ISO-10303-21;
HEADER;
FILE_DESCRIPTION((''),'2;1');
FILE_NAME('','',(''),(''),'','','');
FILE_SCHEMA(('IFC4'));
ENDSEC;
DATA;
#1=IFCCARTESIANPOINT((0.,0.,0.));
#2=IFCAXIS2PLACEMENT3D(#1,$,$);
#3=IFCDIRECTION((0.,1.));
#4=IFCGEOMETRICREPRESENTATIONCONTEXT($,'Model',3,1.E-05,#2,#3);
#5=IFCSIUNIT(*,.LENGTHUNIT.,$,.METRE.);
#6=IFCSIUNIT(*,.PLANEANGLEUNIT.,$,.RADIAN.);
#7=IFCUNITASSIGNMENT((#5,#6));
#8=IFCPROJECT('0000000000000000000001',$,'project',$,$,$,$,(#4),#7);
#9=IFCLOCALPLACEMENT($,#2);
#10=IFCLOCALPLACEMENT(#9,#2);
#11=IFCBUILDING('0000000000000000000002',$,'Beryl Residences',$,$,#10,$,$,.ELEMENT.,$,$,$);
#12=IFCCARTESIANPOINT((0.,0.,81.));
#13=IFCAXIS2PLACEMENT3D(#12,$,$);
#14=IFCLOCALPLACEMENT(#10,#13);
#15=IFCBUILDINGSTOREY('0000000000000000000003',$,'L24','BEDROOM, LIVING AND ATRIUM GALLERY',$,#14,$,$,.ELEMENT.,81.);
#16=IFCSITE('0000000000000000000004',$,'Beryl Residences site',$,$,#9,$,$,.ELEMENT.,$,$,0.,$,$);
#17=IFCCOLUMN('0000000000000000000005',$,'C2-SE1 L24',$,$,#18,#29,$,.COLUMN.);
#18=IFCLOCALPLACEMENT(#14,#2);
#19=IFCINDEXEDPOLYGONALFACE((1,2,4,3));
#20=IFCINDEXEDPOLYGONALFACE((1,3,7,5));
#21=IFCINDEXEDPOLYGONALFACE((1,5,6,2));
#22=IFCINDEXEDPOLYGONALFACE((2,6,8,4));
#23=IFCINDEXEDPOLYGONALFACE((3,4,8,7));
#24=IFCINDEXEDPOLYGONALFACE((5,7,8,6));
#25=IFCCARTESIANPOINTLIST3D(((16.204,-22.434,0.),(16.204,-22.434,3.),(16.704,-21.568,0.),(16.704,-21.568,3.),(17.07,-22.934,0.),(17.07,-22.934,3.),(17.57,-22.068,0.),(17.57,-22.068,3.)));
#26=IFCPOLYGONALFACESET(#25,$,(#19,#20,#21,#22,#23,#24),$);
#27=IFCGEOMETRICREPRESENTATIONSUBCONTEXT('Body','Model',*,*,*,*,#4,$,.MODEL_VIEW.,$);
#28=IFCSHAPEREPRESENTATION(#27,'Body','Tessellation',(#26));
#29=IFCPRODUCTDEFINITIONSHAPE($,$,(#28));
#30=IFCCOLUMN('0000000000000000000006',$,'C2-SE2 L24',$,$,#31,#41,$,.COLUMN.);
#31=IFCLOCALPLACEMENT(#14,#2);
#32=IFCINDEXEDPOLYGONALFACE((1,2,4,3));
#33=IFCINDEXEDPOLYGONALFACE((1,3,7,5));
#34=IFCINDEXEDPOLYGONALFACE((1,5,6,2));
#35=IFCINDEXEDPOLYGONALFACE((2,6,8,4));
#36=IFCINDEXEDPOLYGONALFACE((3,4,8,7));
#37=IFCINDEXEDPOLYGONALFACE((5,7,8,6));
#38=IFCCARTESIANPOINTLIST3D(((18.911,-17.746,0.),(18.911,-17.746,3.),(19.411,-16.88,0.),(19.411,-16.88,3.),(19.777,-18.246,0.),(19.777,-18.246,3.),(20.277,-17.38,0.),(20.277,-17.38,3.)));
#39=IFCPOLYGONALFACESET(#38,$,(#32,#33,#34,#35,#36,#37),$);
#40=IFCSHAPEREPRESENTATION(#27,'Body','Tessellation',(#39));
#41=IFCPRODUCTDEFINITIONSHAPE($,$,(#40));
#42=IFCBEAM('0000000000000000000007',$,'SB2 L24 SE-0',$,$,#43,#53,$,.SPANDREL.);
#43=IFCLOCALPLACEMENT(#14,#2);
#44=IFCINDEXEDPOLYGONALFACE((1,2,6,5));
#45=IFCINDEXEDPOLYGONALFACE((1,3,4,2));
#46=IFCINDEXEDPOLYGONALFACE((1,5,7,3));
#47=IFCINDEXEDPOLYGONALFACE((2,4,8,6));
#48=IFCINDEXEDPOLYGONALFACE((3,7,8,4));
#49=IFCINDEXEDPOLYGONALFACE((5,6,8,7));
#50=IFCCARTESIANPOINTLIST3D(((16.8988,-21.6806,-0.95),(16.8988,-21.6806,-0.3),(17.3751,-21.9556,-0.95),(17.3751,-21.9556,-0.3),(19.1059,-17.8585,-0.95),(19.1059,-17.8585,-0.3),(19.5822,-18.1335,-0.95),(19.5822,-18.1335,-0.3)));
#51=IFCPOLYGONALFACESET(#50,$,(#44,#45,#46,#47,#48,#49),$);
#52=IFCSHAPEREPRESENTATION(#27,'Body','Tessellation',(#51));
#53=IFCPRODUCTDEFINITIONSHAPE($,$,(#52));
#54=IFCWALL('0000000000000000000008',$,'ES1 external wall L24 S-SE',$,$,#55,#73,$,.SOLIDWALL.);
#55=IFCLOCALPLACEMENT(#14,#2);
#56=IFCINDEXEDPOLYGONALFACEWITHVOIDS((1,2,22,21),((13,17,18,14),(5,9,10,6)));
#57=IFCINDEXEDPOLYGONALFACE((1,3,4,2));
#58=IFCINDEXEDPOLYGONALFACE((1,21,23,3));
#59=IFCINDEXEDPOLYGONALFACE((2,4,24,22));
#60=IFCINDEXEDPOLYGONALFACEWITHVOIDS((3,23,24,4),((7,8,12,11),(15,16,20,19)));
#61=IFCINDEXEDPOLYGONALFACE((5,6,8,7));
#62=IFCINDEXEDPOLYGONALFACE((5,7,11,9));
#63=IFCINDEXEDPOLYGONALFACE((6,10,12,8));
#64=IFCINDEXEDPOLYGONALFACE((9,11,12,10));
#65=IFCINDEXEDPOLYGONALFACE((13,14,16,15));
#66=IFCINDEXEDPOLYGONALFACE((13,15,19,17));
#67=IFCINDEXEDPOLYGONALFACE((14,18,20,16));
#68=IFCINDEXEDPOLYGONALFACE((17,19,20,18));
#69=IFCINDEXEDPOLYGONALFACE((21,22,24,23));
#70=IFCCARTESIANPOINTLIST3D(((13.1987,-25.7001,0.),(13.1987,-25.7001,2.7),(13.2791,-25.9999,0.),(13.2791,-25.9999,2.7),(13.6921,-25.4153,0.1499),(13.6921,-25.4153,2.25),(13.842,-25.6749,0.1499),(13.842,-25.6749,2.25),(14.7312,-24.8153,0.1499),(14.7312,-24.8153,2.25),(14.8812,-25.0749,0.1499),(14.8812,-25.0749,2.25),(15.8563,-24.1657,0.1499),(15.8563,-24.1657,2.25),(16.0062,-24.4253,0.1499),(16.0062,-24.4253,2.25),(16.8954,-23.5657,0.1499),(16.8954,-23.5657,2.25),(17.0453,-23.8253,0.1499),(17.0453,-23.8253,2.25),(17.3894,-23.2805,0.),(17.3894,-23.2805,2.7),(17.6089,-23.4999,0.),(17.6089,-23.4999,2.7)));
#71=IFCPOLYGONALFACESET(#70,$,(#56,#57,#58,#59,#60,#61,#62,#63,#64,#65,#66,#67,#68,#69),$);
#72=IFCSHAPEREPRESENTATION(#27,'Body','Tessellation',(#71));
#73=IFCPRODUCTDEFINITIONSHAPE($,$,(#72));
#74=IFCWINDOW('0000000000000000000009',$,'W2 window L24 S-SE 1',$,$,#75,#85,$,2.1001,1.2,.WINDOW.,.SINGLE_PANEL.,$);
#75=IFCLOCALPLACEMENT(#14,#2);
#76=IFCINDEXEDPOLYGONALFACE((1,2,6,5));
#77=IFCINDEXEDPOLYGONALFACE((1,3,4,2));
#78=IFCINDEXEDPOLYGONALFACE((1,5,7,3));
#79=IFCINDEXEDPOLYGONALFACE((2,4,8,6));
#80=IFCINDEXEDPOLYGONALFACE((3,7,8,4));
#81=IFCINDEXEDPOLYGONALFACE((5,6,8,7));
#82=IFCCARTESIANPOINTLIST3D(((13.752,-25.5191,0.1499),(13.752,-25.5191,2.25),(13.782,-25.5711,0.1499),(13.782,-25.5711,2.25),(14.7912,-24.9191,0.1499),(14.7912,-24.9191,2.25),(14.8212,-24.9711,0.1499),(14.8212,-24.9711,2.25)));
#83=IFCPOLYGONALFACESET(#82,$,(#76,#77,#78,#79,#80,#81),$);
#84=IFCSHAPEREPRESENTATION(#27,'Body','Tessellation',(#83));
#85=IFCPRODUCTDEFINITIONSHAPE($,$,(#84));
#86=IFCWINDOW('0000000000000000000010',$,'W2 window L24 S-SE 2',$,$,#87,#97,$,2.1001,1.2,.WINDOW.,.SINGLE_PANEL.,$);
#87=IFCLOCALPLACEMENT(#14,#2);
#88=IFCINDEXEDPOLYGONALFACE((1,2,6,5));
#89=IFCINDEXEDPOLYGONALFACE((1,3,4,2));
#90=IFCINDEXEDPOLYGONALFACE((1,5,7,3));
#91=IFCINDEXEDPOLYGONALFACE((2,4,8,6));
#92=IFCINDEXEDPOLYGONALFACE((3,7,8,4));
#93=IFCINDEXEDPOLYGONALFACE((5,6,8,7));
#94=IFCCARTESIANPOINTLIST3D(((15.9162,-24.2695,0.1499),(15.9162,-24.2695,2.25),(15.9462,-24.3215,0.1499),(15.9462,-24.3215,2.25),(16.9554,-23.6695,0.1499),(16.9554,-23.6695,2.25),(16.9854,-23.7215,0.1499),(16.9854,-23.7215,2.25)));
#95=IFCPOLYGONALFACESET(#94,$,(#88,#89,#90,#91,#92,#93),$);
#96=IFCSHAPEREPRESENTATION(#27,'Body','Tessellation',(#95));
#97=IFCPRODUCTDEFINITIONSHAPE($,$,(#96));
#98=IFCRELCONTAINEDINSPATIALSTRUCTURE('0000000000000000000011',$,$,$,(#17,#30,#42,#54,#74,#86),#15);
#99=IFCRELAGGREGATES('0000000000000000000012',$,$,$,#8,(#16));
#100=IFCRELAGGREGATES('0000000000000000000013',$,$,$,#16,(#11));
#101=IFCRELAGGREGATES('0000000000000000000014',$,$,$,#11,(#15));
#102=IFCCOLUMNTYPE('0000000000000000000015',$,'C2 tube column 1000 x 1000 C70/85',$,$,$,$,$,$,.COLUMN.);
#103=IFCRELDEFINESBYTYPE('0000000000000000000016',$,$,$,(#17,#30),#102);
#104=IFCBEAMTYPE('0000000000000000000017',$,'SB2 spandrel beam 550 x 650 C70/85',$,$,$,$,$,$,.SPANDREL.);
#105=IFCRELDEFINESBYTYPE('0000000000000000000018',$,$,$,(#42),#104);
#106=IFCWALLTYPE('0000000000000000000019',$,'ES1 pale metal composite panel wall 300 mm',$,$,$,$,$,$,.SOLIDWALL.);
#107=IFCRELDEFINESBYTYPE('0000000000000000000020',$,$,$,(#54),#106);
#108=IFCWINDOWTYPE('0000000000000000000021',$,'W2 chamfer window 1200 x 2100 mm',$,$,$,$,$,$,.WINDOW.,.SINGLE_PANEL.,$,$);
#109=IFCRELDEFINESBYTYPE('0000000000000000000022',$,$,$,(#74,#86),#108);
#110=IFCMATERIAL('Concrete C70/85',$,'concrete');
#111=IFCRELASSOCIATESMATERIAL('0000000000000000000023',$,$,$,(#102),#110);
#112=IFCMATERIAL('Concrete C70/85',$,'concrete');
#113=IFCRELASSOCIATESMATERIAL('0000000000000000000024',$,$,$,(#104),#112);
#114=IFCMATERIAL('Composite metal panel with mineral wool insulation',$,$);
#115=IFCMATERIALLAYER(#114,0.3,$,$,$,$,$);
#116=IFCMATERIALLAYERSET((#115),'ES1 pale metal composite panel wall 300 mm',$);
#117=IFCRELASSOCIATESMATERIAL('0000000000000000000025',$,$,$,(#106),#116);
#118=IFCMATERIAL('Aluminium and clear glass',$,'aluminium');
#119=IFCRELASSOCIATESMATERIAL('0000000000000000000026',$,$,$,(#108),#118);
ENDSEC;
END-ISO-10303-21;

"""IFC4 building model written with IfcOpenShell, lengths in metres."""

from ifc_helpers import new_model, si_unit, direction, frame, frame_2d, origin, origin_2d, place, context, subcontext, project, spatial, polyline, rectangle, outline, extrude, material, layer, layer_set, material_profile, profile_set, type_object, element, fill, save


model = new_model("IFC4")

# Units and contexts
model_context = context("Model", 3, precision=1e-05, world=origin(), true_north=direction((0.0, 1.0)))
body_context = subcontext(model_context, "Body", "Model", "MODEL_VIEW")
ifc_project = project(units=[si_unit("LENGTHUNIT", "METRE"), si_unit("PLANEANGLEUNIT", "RADIAN")], contexts=[model_context])

# Site, building, storey
site_placement = place(None, origin())
site = spatial("IfcSite", under=ifc_project, at=site_placement, Name="Beryl Residences site", CompositionType="ELEMENT", RefElevation=0.0)
building_placement = place(site_placement, origin())
building = spatial("IfcBuilding", under=site, at=building_placement, Name="Beryl Residences", CompositionType="ELEMENT")
storey_placement = place(building_placement, frame((0.0, 0.0, 81.0)))
storey = spatial("IfcBuildingStorey", under=building, at=storey_placement, Name="L24", Description="BEDROOM, LIVING AND ATRIUM GALLERY", CompositionType="ELEMENT", Elevation=81.0)

# Columns
ifc_material_1 = material(Name="Concrete C70/85", Category="concrete")
ifc_material_profile_1 = material_profile(ifc_material_1, rectangle(XDim=1.0, YDim=1.0, at=origin_2d()))
ifc_profile_set_1 = profile_set([ifc_material_profile_1], Name="Concrete C70/85")
column_type = type_object("IfcColumnType", Name="C2 tube column 1000 x 1000 C70/85", PredefinedType="COLUMN", material=ifc_profile_set_1)
for number, where, z_axis, x_axis, name in (
    (1, (16.887, -22.251, 0.0), (0.0, 0.0, 1.0), (0.5, 0.866025, 0.0), "C2-SE1 L24"),
    (2, (19.594, -17.563, 0.0), (0.0, 0.0, 1.0), (0.5, 0.866025, 0.0), "C2-SE2 L24"),
):
    element("IfcColumn", number, at=place(storey_placement, frame(where, z_axis=z_axis, x_axis=x_axis)), inside=storey, type_object=column_type, Name=name, PredefinedType="COLUMN", context=body_context, shape_type="SweptSolid", body=[
        extrude(rectangle(XDim=1.0, YDim=1.0, at=origin_2d()), origin(), (0.0, 0.0, 1.0), 3.0),
    ])

# Beam
ifc_material_2 = material(Name="Concrete C70/85", Category="concrete")
ifc_material_profile_2 = material_profile(ifc_material_2, rectangle(XDim=0.55, YDim=0.6499, at=origin_2d()))
ifc_profile_set_2 = profile_set([ifc_material_profile_2], Name="Concrete C70/85")
beam_type = type_object("IfcBeamType", Name="SB2 spandrel beam 550 x 650 C70/85", PredefinedType="SPANDREL", material=ifc_profile_set_2)
beam_placement = place(storey_placement, frame((17.137, -21.8181, -0.625), z_axis=(0.500066, 0.865988, 0.0), x_axis=(-0.865988, 0.500066, 0.0)))
element("IfcBeam", 3, at=beam_placement, inside=storey, type_object=beam_type, Name="SB2 L24 SE-0", PredefinedType="SPANDREL", context=body_context, shape_type="SweptSolid", body=[
    extrude(rectangle(XDim=0.55, YDim=0.6499, at=origin_2d()), origin(), (0.0, 0.0, 1.0), 4.4136),
])

# Wall, openings, windows
ifc_material_3 = material(Name="Composite metal panel with mineral wool insulation")
ifc_layer_1 = layer(ifc_material_3, 0.3)
ifc_layer_set_1 = layer_set([ifc_layer_1], Name="ES1 pale metal composite panel wall 300 mm")
wall_type_1 = type_object("IfcWallType", Name="ES1 pale metal composite panel wall 300 mm", PredefinedType="SOLIDWALL", material=ifc_layer_set_1)
wall_1_placement = place(storey_placement, frame((13.2041, -25.8701, 0.0), z_axis=(0.0, 0.0, 1.0), x_axis=(0.866011, 0.500025, 0.0)))
wall_1 = element("IfcWall", 4, at=wall_1_placement, inside=storey, type_object=wall_type_1, Name="ES1 external wall L24 S-SE", PredefinedType="SOLIDWALL", context=body_context, shape_type="SweptSolid", body=[
    extrude(outline(polyline([(0.0, -0.1499), (4.9998, -0.1499), (4.9194, 0.1499), (0.0803, 0.1499), (0.0, -0.1499)])), origin(), (0.0, 0.0, 1.0), 2.7),
])
opening_1_placement = place(wall_1_placement, frame((0.6499, 0.0, 0.1499)))
opening_1 = element("IfcOpeningElement", 5, at=opening_1_placement, cuts=wall_1, PredefinedType="OPENING", context=body_context, shape_type="SweptSolid", body=[
    extrude(rectangle(XDim=1.2, YDim=2.1001, at=frame_2d((0.6001, 1.05))), frame((0.0, 0.1599, 0.0), z_axis=(0.0, -1.0, 0.0), x_axis=(1.0, 0.0, 0.0)), (0.0, 0.0, 1.0), 0.3201),
])
opening_2_placement = place(wall_1_placement, frame((3.1489, 0.0, 0.1499)))
opening_2 = element("IfcOpeningElement", 6, at=opening_2_placement, cuts=wall_1, PredefinedType="OPENING", context=body_context, shape_type="SweptSolid", body=[
    extrude(rectangle(XDim=1.2, YDim=2.1001, at=frame_2d((0.6001, 1.05))), frame((0.0, 0.1599, 0.0), z_axis=(0.0, -1.0, 0.0), x_axis=(1.0, 0.0, 0.0)), (0.0, 0.0, 1.0), 0.3201),
])
ifc_material_4 = material(Name="Aluminium and clear glass", Category="aluminium")
window_type_1 = type_object("IfcWindowType", Name="W2 chamfer window 1200 x 2100 mm", PartitioningType="SINGLE_PANEL", PredefinedType="WINDOW", material=ifc_material_4)
window_1_placement = place(opening_1_placement, origin())
window_1 = element("IfcWindow", 7, at=window_1_placement, inside=storey, type_object=window_type_1, Name="W2 window L24 S-SE 1", OverallHeight=2.1001, OverallWidth=1.2, PartitioningType="SINGLE_PANEL", PredefinedType="WINDOW", context=body_context, shape_type="SweptSolid", body=[
    extrude(rectangle(XDim=1.2, YDim=2.1001, at=frame_2d((0.6001, 1.05))), frame((0.0, 0.03, 0.0), z_axis=(0.0, -1.0, 0.0), x_axis=(1.0, 0.0, 0.0)), (0.0, 0.0, 1.0), 0.0601),
])
fill(opening_1, window_1)
window_2_placement = place(opening_2_placement, origin())
window_2 = element("IfcWindow", 8, at=window_2_placement, inside=storey, type_object=window_type_1, Name="W2 window L24 S-SE 2", OverallHeight=2.1001, OverallWidth=1.2, PartitioningType="SINGLE_PANEL", PredefinedType="WINDOW", context=body_context, shape_type="SweptSolid", body=[
    extrude(rectangle(XDim=1.2, YDim=2.1001, at=frame_2d((0.6001, 1.05))), frame((0.0, 0.03, 0.0), z_axis=(0.0, -1.0, 0.0), x_axis=(1.0, 0.0, 0.0)), (0.0, 0.0, 1.0), 0.0601),
])
fill(opening_2, window_2)

save(model, "model.ifc")
